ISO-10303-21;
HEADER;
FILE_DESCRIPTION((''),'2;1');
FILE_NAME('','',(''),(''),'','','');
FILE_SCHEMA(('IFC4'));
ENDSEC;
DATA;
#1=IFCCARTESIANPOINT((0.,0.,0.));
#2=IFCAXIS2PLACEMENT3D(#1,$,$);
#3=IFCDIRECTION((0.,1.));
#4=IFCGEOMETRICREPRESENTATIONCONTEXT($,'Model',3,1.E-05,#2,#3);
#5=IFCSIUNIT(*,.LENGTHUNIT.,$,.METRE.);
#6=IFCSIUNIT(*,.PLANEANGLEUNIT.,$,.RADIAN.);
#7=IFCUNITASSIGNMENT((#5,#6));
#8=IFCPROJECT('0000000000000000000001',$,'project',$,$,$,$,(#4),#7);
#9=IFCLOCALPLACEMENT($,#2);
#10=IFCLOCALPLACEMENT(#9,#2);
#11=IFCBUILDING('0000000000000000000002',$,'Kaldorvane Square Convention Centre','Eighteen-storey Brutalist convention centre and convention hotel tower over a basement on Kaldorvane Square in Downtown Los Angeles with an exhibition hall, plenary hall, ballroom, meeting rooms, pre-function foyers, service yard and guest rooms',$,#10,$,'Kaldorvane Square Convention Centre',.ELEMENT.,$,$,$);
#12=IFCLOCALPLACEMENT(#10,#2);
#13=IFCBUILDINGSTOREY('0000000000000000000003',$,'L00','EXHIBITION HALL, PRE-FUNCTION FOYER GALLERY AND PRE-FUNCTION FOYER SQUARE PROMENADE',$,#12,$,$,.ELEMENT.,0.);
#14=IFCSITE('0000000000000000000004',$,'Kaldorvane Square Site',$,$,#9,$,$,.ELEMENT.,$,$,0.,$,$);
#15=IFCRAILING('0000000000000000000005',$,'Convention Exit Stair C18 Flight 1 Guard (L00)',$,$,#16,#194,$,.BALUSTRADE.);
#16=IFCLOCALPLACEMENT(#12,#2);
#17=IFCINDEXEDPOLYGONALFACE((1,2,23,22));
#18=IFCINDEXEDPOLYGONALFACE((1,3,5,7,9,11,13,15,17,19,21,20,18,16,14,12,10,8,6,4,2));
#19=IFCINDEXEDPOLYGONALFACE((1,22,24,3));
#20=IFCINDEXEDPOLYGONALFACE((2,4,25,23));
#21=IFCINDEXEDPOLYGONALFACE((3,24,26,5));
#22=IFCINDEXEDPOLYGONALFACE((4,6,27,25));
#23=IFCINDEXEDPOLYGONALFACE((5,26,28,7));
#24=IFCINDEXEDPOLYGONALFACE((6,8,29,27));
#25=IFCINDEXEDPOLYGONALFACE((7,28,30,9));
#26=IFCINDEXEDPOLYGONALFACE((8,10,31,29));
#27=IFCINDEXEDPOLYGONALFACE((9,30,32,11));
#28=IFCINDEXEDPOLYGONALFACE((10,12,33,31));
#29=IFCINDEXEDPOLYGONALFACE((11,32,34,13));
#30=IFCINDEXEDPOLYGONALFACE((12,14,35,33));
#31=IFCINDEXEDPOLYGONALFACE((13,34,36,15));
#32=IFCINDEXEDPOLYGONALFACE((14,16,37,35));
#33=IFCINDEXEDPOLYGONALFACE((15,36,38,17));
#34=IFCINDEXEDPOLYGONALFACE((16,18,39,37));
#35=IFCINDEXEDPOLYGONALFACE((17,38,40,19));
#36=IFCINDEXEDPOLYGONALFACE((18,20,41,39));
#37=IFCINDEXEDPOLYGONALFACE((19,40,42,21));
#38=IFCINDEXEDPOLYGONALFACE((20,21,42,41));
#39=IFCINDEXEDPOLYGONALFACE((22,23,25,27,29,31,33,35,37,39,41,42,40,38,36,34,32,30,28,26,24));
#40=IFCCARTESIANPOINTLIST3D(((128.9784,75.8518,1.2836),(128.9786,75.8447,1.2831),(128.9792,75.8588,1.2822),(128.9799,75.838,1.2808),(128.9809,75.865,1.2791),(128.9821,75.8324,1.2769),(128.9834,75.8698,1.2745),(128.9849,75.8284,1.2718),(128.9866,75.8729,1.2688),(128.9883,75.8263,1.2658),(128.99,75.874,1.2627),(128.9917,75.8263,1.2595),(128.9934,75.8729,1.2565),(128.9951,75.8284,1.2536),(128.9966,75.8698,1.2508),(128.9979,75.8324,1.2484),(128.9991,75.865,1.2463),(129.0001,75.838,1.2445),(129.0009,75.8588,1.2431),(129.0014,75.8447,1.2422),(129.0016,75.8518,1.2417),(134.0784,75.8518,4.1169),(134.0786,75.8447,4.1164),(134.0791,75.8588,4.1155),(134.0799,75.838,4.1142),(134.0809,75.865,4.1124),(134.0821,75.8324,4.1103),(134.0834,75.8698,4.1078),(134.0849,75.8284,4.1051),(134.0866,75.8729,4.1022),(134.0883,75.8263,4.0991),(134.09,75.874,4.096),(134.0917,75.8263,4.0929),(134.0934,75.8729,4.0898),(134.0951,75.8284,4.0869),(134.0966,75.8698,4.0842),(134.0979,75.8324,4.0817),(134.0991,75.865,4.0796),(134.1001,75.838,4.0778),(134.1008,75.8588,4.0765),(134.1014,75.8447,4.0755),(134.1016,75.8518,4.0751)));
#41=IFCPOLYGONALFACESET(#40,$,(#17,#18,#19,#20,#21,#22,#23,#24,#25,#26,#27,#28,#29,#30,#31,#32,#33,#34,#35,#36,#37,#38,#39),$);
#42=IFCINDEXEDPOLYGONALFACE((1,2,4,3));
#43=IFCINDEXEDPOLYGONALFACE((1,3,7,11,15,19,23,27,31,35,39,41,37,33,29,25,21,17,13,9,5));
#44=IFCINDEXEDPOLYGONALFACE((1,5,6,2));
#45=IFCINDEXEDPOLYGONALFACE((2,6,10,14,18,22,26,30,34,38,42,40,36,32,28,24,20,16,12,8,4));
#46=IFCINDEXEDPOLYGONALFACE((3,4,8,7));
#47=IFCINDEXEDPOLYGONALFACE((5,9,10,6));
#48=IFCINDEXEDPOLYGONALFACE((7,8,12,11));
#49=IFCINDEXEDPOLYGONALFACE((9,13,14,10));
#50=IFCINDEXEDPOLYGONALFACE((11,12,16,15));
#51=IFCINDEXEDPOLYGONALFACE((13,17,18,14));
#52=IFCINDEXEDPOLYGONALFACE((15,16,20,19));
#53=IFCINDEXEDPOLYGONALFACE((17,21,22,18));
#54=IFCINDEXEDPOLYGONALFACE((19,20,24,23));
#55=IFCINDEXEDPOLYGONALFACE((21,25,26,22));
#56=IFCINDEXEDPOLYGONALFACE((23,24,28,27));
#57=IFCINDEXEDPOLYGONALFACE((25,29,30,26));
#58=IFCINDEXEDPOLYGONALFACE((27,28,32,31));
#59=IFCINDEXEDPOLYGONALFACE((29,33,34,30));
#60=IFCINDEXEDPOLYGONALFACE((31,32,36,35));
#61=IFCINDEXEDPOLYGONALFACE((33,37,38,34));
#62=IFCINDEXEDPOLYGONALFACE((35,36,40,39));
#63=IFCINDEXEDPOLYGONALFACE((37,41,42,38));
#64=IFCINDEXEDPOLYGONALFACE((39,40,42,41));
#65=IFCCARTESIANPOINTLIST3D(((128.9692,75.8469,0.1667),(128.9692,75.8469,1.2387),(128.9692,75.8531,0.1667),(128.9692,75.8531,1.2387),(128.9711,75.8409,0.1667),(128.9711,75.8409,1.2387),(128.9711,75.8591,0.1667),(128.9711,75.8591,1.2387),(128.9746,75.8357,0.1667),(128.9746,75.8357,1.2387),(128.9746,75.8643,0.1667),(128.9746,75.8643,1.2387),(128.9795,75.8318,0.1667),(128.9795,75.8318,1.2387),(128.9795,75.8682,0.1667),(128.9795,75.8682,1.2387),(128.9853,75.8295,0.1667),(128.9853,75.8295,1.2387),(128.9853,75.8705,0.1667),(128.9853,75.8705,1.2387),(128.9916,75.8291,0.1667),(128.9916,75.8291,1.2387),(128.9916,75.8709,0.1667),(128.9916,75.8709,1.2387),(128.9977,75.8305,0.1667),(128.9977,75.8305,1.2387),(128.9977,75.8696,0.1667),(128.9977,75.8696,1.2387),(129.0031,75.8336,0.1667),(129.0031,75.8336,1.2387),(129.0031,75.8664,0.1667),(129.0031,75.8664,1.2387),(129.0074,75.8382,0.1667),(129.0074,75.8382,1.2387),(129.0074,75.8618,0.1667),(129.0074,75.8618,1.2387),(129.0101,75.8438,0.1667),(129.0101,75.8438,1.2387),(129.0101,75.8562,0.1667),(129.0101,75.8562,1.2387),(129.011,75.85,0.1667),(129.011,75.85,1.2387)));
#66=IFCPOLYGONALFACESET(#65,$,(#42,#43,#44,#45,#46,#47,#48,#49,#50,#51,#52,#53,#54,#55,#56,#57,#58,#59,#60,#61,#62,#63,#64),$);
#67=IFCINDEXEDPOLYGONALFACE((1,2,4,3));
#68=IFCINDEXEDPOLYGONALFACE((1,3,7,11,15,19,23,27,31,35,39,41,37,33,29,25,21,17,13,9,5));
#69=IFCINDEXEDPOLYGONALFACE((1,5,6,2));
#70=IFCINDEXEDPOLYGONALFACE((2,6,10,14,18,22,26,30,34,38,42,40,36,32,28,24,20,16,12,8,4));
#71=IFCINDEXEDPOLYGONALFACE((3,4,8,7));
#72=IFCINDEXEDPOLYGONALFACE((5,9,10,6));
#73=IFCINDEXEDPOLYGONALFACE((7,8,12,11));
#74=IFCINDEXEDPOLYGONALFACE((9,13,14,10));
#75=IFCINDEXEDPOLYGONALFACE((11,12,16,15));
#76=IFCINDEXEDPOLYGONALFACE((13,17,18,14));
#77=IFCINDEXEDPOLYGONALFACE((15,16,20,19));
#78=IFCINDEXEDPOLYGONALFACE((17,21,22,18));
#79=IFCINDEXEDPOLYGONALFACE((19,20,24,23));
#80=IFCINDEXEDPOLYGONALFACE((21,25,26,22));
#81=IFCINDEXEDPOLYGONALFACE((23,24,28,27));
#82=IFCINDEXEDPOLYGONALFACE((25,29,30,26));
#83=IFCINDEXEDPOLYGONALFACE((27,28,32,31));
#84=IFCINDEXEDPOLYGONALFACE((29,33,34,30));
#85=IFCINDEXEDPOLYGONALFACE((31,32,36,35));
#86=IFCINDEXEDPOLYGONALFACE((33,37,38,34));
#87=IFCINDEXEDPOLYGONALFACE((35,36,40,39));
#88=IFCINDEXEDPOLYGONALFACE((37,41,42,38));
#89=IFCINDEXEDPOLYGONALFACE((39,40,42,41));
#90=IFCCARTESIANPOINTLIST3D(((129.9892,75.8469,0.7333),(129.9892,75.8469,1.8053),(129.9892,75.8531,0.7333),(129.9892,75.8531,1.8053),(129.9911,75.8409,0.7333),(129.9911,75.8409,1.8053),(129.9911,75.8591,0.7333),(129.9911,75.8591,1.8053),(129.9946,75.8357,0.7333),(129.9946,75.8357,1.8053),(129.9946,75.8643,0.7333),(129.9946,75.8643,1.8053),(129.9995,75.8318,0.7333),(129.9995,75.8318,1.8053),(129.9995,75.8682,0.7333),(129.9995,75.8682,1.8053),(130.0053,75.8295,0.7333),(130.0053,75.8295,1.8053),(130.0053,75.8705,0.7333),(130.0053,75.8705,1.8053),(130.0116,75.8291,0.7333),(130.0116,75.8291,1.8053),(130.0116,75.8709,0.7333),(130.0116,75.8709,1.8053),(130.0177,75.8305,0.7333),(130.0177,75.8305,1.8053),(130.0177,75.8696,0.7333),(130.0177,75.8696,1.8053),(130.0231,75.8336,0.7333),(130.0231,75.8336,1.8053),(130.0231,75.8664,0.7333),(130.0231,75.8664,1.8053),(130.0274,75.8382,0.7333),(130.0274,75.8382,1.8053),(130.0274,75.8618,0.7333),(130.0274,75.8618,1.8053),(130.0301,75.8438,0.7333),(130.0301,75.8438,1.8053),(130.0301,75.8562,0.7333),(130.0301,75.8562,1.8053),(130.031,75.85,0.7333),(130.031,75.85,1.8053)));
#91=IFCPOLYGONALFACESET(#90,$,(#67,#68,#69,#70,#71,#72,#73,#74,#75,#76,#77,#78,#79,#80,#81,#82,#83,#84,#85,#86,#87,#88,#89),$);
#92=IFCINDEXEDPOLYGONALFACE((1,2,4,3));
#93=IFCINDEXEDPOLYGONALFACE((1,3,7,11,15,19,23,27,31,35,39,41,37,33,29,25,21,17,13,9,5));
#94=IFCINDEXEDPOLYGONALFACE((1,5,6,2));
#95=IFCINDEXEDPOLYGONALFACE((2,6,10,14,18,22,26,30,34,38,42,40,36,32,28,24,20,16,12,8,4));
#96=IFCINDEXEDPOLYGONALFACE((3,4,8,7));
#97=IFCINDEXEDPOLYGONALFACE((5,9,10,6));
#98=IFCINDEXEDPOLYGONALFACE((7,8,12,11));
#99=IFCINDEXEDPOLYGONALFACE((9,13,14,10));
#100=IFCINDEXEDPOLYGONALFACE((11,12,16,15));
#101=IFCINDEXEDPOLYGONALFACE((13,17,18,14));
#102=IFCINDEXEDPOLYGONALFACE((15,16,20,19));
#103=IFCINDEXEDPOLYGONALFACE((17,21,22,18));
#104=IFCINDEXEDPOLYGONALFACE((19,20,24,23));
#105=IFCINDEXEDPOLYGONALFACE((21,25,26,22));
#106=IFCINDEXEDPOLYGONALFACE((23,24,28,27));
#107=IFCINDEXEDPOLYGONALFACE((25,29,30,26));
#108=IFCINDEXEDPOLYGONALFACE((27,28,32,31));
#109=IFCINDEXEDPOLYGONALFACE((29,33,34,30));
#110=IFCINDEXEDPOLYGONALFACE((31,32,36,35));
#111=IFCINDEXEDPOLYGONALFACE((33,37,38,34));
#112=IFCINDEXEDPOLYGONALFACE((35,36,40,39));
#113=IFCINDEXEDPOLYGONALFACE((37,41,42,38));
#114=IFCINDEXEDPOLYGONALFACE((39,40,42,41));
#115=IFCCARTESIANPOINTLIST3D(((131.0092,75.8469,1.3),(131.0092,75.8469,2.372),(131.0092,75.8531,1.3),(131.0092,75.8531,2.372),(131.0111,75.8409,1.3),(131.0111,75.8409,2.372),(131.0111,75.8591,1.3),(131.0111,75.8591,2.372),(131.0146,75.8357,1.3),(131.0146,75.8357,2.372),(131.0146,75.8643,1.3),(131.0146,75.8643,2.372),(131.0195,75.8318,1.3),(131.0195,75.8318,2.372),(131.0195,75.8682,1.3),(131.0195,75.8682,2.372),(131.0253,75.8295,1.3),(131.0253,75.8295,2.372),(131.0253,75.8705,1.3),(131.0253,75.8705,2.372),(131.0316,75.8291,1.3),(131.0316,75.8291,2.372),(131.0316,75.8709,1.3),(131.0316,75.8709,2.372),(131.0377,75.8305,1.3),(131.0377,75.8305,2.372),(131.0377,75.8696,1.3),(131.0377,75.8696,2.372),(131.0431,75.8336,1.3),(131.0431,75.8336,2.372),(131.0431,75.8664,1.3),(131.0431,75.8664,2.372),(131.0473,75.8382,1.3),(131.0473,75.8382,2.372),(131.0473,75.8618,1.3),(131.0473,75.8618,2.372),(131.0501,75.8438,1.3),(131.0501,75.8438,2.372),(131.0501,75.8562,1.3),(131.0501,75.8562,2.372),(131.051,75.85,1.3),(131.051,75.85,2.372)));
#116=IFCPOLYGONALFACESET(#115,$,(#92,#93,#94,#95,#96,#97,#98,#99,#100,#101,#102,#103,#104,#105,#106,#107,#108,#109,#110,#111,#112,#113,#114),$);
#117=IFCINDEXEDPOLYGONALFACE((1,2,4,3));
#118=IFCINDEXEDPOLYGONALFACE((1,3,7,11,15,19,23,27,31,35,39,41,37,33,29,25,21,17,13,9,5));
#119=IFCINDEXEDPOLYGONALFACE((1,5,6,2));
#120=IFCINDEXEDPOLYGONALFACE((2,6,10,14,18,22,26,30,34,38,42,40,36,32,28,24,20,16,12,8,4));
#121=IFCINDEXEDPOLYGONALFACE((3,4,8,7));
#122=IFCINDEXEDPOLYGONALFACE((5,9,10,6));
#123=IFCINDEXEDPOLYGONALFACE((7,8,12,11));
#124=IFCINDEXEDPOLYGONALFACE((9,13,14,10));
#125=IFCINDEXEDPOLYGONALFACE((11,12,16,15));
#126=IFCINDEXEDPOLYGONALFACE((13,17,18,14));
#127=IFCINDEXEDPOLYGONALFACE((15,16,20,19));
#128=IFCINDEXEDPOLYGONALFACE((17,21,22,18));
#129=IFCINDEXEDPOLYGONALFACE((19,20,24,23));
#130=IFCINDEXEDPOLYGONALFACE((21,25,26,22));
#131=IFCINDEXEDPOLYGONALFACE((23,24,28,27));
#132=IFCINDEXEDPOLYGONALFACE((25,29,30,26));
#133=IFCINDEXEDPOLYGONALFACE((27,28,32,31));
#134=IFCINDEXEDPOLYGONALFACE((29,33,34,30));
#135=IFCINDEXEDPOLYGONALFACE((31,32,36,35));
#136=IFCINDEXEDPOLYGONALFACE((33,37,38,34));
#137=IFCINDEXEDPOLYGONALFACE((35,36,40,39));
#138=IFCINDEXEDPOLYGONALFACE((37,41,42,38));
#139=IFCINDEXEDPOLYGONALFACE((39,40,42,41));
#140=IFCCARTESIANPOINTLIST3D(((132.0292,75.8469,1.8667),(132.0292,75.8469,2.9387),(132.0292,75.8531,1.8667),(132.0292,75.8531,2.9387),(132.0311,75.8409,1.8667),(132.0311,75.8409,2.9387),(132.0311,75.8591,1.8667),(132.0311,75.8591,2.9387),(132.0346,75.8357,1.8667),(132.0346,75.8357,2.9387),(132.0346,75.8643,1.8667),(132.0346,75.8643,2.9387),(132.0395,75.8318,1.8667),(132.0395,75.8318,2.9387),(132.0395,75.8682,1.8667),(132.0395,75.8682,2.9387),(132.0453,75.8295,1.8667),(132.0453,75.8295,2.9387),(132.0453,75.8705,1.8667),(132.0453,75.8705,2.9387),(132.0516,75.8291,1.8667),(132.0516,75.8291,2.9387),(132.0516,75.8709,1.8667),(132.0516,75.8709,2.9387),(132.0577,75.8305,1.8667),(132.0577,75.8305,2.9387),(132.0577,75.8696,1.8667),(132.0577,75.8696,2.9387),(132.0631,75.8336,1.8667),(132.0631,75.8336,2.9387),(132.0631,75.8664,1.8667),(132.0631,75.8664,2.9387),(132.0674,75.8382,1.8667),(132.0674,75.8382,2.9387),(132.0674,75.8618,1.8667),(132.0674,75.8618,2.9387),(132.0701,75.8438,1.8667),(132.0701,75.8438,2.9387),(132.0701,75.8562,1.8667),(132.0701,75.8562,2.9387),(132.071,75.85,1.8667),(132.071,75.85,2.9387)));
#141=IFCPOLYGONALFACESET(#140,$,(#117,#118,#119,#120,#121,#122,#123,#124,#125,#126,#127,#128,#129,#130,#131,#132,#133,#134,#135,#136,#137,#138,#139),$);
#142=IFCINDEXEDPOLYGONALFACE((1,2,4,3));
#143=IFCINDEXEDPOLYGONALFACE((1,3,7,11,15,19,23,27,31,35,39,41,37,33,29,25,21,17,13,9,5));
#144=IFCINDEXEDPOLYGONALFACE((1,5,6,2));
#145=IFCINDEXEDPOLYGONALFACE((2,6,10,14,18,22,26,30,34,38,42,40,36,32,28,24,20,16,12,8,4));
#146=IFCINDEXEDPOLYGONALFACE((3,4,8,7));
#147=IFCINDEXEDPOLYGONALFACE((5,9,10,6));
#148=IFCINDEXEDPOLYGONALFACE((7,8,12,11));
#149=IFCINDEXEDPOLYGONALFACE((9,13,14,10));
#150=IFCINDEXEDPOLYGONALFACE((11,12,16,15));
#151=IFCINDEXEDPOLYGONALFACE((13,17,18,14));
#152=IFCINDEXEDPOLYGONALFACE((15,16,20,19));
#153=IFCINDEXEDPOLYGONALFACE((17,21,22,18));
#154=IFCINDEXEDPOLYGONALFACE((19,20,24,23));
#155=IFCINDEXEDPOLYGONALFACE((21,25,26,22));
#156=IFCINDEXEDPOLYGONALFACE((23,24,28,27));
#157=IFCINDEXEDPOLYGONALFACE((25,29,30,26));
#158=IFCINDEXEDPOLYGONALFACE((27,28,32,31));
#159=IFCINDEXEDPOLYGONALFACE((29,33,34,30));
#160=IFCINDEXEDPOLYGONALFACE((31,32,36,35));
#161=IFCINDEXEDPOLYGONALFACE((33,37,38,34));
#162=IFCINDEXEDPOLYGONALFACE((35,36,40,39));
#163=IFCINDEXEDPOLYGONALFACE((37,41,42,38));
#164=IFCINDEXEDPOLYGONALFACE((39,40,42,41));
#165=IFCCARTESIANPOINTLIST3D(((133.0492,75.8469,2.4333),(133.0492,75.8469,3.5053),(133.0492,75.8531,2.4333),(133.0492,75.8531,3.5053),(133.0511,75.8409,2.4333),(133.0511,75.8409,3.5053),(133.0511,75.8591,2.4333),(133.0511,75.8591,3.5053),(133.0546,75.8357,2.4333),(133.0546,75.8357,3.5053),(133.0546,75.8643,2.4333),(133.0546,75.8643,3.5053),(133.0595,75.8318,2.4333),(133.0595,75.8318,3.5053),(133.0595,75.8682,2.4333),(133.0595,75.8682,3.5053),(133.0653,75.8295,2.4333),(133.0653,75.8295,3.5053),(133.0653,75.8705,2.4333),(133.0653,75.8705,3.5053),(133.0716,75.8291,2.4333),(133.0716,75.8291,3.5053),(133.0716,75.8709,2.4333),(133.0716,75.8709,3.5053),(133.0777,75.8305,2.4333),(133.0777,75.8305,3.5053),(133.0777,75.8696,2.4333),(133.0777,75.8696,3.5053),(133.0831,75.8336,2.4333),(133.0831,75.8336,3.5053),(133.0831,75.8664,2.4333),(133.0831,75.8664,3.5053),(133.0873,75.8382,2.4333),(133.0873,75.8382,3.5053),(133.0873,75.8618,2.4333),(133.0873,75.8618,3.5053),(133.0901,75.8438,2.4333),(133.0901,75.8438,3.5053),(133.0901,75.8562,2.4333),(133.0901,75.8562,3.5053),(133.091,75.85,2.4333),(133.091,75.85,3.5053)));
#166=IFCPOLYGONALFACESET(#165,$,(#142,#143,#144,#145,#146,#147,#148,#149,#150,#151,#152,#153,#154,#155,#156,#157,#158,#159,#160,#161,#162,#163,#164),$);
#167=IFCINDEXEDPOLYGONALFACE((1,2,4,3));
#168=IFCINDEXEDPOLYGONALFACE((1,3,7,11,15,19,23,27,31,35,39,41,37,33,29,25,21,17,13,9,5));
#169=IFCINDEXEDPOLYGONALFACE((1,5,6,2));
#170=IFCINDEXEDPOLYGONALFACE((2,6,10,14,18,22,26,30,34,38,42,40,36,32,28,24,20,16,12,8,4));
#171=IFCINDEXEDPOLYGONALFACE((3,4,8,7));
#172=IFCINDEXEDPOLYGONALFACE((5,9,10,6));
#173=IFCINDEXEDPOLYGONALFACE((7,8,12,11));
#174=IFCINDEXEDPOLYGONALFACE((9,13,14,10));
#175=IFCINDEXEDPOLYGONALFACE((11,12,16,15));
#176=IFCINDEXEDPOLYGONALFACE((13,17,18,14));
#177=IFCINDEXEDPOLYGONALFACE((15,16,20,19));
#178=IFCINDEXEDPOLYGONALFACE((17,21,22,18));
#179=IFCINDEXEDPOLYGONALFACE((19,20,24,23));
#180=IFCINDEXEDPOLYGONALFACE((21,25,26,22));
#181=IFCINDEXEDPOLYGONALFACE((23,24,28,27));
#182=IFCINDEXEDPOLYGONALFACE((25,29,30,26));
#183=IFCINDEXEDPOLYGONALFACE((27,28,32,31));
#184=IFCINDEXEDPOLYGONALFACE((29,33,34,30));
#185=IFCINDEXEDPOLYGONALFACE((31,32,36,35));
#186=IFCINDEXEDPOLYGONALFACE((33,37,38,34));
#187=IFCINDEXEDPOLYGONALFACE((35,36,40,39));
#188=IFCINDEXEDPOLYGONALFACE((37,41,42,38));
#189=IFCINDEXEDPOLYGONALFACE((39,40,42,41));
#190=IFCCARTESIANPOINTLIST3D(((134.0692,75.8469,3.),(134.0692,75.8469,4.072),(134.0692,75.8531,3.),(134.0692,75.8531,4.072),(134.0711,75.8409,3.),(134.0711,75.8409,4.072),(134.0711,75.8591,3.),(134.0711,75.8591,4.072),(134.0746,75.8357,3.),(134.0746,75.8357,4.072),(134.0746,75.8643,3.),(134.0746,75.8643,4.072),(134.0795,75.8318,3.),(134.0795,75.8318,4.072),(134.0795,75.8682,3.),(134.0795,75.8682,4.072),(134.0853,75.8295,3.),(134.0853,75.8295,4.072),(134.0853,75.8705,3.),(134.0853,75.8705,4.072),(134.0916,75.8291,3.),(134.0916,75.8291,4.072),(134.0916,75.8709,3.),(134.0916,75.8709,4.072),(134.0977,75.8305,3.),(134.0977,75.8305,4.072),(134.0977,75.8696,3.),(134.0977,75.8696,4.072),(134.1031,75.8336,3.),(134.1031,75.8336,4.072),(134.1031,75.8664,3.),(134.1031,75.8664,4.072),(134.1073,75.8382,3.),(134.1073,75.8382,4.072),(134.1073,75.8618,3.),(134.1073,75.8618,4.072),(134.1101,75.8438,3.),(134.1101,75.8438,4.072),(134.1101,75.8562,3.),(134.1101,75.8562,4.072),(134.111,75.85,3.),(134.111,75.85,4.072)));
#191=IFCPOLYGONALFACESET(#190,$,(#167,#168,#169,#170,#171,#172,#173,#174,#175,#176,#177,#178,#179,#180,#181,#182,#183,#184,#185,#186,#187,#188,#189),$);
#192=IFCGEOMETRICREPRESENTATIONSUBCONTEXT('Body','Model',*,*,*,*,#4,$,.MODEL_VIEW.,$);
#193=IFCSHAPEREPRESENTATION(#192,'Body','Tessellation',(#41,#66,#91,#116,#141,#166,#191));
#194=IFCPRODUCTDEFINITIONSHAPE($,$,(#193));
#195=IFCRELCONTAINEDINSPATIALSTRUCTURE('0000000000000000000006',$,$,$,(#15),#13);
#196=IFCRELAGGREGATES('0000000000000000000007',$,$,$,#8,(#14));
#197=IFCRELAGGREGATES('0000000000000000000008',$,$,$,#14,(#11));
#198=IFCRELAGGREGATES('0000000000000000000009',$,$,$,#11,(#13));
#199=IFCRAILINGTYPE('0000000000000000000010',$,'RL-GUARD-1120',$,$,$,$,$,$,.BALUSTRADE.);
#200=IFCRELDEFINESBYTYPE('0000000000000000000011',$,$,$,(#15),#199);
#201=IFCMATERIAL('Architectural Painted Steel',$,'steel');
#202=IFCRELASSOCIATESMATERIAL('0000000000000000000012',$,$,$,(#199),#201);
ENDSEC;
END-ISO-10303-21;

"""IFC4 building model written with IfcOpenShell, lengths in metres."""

from ifc_helpers import new_model, si_unit, direction, frame, origin, origin_2d, place, context, subcontext, project, spatial, circle, extrude, material, type_object, element, save


model = new_model("IFC4")

# Units and contexts
model_context = context("Model", 3, precision=1e-05, world=origin(), true_north=direction((0.0, 1.0)))
body_context = subcontext(model_context, "Body", "Model", "MODEL_VIEW")
ifc_project = project(units=[si_unit("LENGTHUNIT", "METRE"), si_unit("PLANEANGLEUNIT", "RADIAN")], contexts=[model_context])

# Site, building, storey
site_placement = place(None, origin())
site = spatial("IfcSite", under=ifc_project, at=site_placement, Name="Kaldorvane Square Site", CompositionType="ELEMENT", RefElevation=0.0)
building_placement = place(site_placement, origin())
building = spatial("IfcBuilding", under=site, at=building_placement, Name="Kaldorvane Square Convention Centre", Description="Eighteen-storey Brutalist convention centre and convention hotel tower over a basement on Kaldorvane Square in Downtown Los Angeles with an exhibition hall, plenary hall, ballroom, meeting rooms, pre-function foyers, service yard and guest rooms", LongName="Kaldorvane Square Convention Centre", CompositionType="ELEMENT")
storey_placement = place(building_placement, origin())
storey = spatial("IfcBuildingStorey", under=building, at=storey_placement, Name="L00", Description="EXHIBITION HALL, PRE-FUNCTION FOYER GALLERY AND PRE-FUNCTION FOYER SQUARE PROMENADE", CompositionType="ELEMENT", Elevation=0.0)

# Railing
ifc_material_1 = material(Name="Architectural Painted Steel", Category="steel")
railing_type_1 = type_object("IfcRailingType", Name="RL-GUARD-1120", PredefinedType="BALUSTRADE", material=ifc_material_1)
railing_1_placement = place(storey_placement, frame((128.99, 75.85, 0.1667)))
element("IfcRailing", 1, at=railing_1_placement, inside=storey, type_object=railing_type_1, Name="Convention Exit Stair C18 Flight 1 Guard (L00)", PredefinedType="BALUSTRADE", context=body_context, shape_type="SweptSolid", body=[
    extrude(circle(Radius=0.024, at=origin_2d()), frame((0.0, 0.0, 1.096), z_axis=(0.874157, 0.0, 0.485643), x_axis=(0.0, 1.0, 0.0)), (0.0, 0.0, 1.0), 5.8342),
    extrude(circle(Radius=0.021, at=origin_2d()), origin(), (0.0, 0.0, 1.0), 1.072),
    extrude(circle(Radius=0.021, at=origin_2d()), frame((1.02, 0.0, 0.5667)), (0.0, 0.0, 1.0), 1.072),
    extrude(circle(Radius=0.021, at=origin_2d()), frame((2.04, 0.0, 1.1333)), (0.0, 0.0, 1.0), 1.072),
    extrude(circle(Radius=0.021, at=origin_2d()), frame((3.06, 0.0, 1.7)), (0.0, 0.0, 1.0), 1.072),
    extrude(circle(Radius=0.021, at=origin_2d()), frame((4.08, 0.0, 2.2667)), (0.0, 0.0, 1.0), 1.072),
    extrude(circle(Radius=0.021, at=origin_2d()), frame((5.1, 0.0, 2.8333)), (0.0, 0.0, 1.0), 1.072),
])

save(model, "model.ifc")
